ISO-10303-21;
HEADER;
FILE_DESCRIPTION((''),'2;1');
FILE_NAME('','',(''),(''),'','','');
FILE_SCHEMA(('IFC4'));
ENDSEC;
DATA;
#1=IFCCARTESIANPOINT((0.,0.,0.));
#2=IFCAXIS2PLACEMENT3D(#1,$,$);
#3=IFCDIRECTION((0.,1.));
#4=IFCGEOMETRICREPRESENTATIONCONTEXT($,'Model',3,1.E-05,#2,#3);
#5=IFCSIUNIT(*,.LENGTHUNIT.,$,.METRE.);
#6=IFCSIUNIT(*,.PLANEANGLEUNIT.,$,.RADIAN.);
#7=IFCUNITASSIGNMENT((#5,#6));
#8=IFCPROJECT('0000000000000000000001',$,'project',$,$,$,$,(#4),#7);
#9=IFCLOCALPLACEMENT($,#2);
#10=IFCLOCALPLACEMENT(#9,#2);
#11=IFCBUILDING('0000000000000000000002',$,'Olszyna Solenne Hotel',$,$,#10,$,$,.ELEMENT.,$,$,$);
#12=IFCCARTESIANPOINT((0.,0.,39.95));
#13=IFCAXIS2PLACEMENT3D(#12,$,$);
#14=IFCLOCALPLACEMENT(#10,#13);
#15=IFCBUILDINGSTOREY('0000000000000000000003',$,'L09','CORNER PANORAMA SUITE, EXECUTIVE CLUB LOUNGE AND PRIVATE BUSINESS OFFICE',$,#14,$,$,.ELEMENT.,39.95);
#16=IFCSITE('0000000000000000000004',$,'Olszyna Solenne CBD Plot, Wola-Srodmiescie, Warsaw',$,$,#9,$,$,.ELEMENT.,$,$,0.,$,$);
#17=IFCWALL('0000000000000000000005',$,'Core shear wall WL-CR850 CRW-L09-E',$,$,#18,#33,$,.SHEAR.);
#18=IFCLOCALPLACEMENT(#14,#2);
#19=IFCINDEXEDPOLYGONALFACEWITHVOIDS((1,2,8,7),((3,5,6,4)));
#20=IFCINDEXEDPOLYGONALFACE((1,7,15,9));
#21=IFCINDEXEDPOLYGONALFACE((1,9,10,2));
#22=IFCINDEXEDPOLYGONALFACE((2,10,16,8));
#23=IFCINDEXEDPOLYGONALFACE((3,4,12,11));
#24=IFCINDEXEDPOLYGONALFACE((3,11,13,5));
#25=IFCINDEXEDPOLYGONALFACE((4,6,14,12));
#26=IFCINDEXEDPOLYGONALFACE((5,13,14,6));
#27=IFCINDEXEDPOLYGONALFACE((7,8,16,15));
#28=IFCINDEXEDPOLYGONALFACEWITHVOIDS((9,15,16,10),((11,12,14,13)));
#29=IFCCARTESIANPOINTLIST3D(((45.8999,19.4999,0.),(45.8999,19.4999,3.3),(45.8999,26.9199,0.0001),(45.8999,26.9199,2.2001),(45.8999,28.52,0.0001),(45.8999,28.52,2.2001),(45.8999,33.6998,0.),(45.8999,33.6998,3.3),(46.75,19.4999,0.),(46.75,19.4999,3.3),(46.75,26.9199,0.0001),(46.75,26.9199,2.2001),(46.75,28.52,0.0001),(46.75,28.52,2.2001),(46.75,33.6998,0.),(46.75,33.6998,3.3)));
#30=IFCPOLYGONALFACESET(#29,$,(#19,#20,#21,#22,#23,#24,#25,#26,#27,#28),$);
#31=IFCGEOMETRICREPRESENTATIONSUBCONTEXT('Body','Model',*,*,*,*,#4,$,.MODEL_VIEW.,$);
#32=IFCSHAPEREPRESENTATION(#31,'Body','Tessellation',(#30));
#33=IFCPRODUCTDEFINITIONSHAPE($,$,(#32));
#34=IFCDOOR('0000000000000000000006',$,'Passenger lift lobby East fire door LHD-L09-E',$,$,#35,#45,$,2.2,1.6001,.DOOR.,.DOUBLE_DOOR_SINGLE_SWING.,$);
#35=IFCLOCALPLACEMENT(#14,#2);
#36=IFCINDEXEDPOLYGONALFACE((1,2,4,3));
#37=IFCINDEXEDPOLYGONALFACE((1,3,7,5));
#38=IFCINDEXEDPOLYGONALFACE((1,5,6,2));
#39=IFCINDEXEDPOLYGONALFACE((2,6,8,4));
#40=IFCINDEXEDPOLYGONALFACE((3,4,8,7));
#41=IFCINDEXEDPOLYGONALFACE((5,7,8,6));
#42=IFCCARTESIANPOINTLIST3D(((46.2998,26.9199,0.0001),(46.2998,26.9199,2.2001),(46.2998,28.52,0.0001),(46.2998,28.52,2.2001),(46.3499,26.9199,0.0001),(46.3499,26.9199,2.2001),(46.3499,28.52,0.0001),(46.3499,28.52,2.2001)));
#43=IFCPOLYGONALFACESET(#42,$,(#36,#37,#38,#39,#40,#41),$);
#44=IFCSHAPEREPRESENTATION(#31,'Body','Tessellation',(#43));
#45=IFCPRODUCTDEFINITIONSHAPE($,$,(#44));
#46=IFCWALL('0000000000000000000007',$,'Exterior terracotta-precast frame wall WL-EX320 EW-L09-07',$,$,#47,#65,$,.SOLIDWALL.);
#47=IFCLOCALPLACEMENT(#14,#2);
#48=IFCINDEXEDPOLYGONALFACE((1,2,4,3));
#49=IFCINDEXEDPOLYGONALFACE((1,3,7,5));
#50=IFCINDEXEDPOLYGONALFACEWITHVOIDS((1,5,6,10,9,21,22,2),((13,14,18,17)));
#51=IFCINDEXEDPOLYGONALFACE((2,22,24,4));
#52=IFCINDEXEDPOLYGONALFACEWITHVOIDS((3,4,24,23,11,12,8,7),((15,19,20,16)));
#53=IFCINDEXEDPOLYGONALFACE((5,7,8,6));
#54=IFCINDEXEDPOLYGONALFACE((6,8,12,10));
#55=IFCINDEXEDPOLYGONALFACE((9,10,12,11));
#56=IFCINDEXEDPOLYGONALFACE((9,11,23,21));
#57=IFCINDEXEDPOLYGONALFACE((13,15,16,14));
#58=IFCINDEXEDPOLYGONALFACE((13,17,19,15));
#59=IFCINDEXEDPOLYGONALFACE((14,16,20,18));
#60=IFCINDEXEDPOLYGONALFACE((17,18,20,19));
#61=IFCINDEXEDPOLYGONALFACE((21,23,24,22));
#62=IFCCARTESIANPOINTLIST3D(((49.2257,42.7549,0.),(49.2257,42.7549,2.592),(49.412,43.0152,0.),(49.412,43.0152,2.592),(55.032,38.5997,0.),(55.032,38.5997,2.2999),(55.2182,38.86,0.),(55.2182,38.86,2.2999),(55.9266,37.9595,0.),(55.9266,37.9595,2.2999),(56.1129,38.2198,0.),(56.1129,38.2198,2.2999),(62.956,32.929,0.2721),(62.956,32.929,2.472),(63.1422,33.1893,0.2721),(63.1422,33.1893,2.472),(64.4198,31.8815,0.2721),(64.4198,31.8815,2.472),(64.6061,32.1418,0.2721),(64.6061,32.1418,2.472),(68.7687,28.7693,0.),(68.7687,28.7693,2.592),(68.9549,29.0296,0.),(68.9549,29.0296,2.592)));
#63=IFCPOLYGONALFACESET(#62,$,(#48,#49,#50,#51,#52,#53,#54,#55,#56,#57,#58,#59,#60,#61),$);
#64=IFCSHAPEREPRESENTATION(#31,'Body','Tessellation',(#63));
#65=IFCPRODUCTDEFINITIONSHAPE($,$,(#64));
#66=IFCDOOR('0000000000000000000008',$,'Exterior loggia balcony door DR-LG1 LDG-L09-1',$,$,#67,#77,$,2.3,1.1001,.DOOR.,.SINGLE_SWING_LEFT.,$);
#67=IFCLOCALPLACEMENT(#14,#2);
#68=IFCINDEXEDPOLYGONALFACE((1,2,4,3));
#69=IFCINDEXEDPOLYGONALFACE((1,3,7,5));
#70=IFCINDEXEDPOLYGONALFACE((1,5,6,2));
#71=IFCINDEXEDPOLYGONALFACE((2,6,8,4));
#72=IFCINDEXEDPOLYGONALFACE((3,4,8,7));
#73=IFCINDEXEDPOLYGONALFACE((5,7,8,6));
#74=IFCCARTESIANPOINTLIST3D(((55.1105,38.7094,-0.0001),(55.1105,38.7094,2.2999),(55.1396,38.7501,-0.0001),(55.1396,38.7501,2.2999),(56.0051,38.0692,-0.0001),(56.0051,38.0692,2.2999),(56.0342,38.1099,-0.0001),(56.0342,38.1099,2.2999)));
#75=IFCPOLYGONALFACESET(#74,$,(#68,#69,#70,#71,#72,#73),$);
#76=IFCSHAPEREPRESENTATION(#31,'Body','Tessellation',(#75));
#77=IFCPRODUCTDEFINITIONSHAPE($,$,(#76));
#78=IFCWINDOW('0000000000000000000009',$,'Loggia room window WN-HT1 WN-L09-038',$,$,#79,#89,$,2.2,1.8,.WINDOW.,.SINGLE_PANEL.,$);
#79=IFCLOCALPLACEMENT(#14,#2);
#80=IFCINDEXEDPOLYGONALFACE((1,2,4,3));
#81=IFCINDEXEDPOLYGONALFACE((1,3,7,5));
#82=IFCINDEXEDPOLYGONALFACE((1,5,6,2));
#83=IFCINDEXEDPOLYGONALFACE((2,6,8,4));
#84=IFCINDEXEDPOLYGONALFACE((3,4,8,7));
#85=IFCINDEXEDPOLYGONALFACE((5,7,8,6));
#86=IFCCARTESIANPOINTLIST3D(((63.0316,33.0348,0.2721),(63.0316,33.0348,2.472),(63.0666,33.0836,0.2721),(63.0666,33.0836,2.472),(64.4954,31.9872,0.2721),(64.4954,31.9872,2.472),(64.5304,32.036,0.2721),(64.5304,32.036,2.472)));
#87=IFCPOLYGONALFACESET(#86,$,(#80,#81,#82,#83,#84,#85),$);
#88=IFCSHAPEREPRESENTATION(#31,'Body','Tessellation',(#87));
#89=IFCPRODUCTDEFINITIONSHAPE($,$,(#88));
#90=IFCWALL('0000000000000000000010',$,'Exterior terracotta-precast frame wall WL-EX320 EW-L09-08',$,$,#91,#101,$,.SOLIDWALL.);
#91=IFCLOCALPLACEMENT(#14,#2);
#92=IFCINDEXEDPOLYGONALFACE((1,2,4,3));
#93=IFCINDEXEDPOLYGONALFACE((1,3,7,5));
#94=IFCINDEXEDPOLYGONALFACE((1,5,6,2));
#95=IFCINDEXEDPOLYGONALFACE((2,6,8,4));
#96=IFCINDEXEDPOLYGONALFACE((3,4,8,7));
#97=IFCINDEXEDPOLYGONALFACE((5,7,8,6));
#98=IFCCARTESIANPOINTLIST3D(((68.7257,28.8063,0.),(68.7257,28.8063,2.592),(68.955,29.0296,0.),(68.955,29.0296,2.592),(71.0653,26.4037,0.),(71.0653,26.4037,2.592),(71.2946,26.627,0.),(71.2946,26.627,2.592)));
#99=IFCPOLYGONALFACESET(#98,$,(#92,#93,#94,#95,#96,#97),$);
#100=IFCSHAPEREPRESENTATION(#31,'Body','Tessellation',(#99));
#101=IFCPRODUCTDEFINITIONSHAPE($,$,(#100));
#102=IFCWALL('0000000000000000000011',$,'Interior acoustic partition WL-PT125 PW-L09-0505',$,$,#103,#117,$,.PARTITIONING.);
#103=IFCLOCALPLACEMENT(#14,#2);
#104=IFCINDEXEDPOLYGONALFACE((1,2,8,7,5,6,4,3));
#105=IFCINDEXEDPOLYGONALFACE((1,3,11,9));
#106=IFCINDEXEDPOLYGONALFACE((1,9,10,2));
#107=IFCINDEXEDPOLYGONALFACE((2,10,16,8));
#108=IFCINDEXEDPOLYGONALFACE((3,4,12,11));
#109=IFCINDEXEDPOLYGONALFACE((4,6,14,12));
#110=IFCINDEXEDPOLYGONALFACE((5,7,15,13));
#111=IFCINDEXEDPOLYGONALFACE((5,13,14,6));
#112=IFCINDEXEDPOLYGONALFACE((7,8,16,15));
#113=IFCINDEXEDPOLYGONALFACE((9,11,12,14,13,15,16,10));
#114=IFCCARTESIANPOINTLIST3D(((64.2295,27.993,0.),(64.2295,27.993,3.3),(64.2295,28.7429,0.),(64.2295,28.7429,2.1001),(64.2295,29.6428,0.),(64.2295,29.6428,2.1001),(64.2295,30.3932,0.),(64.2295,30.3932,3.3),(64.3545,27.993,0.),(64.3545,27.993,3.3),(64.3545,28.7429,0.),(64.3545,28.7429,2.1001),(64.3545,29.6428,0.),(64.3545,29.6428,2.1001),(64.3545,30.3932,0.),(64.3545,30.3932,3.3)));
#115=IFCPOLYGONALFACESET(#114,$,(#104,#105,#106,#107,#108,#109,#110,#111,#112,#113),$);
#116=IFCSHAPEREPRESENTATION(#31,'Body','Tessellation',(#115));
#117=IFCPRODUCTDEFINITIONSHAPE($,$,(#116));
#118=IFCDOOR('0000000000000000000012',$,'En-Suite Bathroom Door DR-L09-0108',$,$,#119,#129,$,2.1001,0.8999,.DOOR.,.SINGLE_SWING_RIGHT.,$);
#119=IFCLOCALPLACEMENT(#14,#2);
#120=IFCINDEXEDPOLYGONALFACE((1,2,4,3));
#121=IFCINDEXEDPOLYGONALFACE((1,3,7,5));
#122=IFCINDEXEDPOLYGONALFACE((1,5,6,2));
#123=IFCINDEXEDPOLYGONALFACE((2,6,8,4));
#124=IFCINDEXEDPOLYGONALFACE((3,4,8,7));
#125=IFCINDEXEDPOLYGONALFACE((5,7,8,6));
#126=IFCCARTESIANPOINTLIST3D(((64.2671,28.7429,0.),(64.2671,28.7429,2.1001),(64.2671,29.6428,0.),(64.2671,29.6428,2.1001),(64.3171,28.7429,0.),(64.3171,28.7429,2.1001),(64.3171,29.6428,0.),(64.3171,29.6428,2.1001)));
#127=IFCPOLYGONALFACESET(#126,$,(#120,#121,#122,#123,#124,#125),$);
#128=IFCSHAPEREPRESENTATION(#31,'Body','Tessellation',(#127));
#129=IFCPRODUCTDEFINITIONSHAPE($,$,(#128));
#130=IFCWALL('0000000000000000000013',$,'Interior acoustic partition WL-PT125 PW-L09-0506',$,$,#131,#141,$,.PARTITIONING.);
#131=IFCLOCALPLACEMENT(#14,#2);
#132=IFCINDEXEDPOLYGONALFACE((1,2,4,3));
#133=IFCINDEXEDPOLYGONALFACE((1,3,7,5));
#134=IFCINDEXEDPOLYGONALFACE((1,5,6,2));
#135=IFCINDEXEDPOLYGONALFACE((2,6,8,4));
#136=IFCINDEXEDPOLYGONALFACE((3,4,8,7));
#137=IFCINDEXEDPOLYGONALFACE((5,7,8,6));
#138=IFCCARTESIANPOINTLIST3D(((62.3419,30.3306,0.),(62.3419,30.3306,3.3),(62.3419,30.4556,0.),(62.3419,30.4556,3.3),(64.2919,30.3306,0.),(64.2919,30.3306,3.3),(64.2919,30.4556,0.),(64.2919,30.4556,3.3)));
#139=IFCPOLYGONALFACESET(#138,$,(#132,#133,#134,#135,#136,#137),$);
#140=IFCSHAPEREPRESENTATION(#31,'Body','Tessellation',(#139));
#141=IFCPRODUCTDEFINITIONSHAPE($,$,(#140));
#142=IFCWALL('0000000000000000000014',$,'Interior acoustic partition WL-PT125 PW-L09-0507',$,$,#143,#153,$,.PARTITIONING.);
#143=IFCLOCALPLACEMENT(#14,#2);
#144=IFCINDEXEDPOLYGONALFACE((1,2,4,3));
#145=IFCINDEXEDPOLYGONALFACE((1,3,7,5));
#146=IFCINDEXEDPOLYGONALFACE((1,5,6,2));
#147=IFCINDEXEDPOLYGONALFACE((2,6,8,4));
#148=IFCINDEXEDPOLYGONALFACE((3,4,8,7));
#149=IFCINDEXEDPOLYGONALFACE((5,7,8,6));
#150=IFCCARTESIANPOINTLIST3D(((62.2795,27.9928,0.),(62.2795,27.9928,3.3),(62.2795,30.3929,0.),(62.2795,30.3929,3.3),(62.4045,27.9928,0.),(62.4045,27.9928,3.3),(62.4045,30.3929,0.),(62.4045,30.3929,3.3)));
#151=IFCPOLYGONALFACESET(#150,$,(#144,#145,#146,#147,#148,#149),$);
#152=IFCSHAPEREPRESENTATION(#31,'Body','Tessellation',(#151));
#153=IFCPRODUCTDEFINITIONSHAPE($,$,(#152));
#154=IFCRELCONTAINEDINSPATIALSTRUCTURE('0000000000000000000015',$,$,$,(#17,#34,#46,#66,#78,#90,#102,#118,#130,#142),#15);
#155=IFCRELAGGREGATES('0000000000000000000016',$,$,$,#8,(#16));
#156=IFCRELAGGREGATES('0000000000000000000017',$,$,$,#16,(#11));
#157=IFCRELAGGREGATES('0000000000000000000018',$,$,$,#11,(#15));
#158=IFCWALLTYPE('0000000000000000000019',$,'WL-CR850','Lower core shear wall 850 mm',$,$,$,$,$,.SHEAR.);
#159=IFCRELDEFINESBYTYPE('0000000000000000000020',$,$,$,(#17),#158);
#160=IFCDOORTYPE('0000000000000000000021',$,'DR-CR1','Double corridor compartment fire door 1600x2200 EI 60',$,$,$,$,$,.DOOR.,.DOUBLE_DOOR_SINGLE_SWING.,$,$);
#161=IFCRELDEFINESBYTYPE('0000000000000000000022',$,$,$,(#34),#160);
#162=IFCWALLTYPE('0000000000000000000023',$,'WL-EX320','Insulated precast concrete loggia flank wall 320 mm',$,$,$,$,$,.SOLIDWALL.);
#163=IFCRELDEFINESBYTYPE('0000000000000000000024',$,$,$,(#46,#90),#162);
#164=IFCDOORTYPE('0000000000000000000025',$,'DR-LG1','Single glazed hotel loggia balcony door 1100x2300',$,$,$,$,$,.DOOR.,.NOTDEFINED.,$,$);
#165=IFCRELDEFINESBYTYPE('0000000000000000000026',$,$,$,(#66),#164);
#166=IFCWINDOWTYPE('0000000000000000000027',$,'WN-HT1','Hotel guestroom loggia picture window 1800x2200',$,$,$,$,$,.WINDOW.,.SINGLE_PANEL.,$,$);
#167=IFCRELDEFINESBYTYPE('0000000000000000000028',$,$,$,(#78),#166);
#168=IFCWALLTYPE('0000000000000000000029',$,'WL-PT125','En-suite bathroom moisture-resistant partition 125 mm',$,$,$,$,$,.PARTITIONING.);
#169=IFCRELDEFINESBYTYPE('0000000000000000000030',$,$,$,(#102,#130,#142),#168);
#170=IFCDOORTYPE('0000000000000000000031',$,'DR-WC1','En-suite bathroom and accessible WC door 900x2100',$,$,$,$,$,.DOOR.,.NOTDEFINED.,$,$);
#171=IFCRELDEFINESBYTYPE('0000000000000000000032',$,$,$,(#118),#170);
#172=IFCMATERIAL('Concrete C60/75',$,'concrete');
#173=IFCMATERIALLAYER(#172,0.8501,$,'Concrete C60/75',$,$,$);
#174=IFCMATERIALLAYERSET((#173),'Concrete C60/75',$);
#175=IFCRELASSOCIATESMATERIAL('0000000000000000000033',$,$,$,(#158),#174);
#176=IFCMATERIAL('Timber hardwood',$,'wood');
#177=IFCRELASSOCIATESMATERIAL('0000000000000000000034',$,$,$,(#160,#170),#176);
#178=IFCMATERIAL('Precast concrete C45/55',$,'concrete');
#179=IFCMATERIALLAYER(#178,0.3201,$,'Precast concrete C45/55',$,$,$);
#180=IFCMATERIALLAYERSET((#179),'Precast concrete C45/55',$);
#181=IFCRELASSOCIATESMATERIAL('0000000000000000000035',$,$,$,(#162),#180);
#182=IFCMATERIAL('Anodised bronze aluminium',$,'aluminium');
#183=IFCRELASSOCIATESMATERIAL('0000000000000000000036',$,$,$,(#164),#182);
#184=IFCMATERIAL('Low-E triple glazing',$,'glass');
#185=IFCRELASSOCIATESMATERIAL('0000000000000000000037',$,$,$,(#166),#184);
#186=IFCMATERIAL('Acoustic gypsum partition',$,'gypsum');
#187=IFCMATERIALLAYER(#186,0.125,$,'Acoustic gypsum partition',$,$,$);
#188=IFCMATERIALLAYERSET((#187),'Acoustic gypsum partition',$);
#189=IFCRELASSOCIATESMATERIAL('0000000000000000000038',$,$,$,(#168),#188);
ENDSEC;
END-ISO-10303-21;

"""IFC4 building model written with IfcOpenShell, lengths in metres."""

from ifc_helpers import new_model, si_unit, direction, frame, frame_2d, origin, place, context, subcontext, project, spatial, rectangle, extrude, source, transform, mapped, material, layer, layer_set, type_object, type_shapes, element, fill, save


model = new_model("IFC4")

# Units and contexts
model_context = context("Model", 3, precision=1e-05, world=origin(), true_north=direction((0.0, 1.0)))
body_context = subcontext(model_context, "Body", "Model", "MODEL_VIEW")
ifc_project = project(units=[si_unit("LENGTHUNIT", "METRE"), si_unit("PLANEANGLEUNIT", "RADIAN")], contexts=[model_context])

# Site, building, storey
site_placement = place(None, origin())
site = spatial("IfcSite", under=ifc_project, at=site_placement, Name="Olszyna Solenne CBD Plot, Wola-Srodmiescie, Warsaw", CompositionType="ELEMENT", RefElevation=0.0)
building_placement = place(site_placement, origin())
building = spatial("IfcBuilding", under=site, at=building_placement, Name="Olszyna Solenne Hotel", CompositionType="ELEMENT")
storey_placement = place(building_placement, frame((0.0, 0.0, 39.95)))
storey = spatial("IfcBuildingStorey", under=building, at=storey_placement, Name="L09", Description="CORNER PANORAMA SUITE, EXECUTIVE CLUB LOUNGE AND PRIVATE BUSINESS OFFICE", CompositionType="ELEMENT", Elevation=39.95)

# Shared definitions
ifc_material_1 = material(Name="Anodised bronze aluminium", Category="aluminium")

# Shared definitions
ifc_material_2 = material(Name="Low-E triple glazing", Category="glass")

# Wall, opening, door
ifc_material_3 = material(Name="Concrete C60/75", Category="concrete")
ifc_layer_1 = layer(ifc_material_3, 0.8501, Name="Concrete C60/75")
ifc_layer_set_1 = layer_set([ifc_layer_1], Name="Concrete C60/75")
wall_type_1 = type_object("IfcWallType", Name="WL-CR850", Description="Lower core shear wall 850 mm", PredefinedType="SHEAR", material=ifc_layer_set_1)
wall_1_placement = place(storey_placement, frame((46.325, 33.7, 0.0), z_axis=(0.0, 0.0, 1.0), x_axis=(0.0, -1.0, 0.0)))
wall_1 = element("IfcWall", 1, at=wall_1_placement, inside=storey, type_object=wall_type_1, Name="Core shear wall WL-CR850 CRW-L09-E", PredefinedType="SHEAR", context=body_context, shape_type="SweptSolid", body=[
    extrude(rectangle(XDim=14.2, YDim=0.8501, at=frame_2d((7.1001, 0.0))), origin(), (0.0, 0.0, 1.0), 3.3),
])
opening_1_placement = place(wall_1_placement, frame((5.1799, 0.0, 0.0)))
opening_1 = element("IfcOpeningElement", 2, at=opening_1_placement, cuts=wall_1, PredefinedType="OPENING", context=body_context, shape_type="SweptSolid", body=[
    extrude(rectangle(XDim=1.6001, YDim=2.2, at=frame_2d((0.8, 1.1001))), frame((0.0, 0.4351, 0.0), z_axis=(0.0, -1.0, 0.0), x_axis=(1.0, 0.0, 0.0)), (0.0, 0.0, 1.0), 0.8701),
])
ifc_material_4 = material(Name="Timber hardwood", Category="wood")
door_type_1 = type_object("IfcDoorType", Name="DR-CR1", Description="Double corridor compartment fire door 1600x2200 EI 60", OperationType="DOUBLE_DOOR_SINGLE_SWING", PredefinedType="DOOR", material=ifc_material_4)
shared_shape_1 = source(origin(), body_context, "Body", "SweptSolid", [
    extrude(rectangle(XDim=1.6001, YDim=2.2, at=frame_2d((0.8, 1.1001))), frame((0.0, 0.0249, 0.0), z_axis=(0.0, -1.0, 0.0), x_axis=(1.0, 0.0, 0.0)), (0.0, 0.0, 1.0), 0.05),
])
type_shapes(door_type_1, [shared_shape_1])
door_1_placement = place(opening_1_placement, origin())
door_1 = element("IfcDoor", 3, at=door_1_placement, inside=storey, type_object=door_type_1, Name="Passenger lift lobby East fire door LHD-L09-E", OperationType="DOUBLE_DOOR_SINGLE_SWING", OverallHeight=2.2, OverallWidth=1.6001, PredefinedType="DOOR", context=body_context, shape_type="MappedRepresentation", body=[
    mapped(shared_shape_1, transform((0.0, 0.0, 0.0), x_axis=(1.0, 0.0, 0.0), y_axis=(0.0, 1.0, 0.0), z_axis=(0.0, 0.0, 1.0), scale=1.0)),
])
fill(opening_1, door_1)

# Wall, openings, door, window
ifc_material_5 = material(Name="Precast concrete C45/55", Category="concrete")
ifc_layer_2 = layer(ifc_material_5, 0.3201, Name="Precast concrete C45/55")
ifc_layer_set_2 = layer_set([ifc_layer_2], Name="Precast concrete C45/55")
wall_type_2 = type_object("IfcWallType", Name="WL-EX320", Description="Insulated precast concrete loggia flank wall 320 mm", PredefinedType="SOLIDWALL", material=ifc_layer_set_2)
wall_2_placement = place(storey_placement, frame((49.3188, 42.885, 0.0), z_axis=(0.0, 0.0, 1.0), x_axis=(0.813215, -0.581964, 0.0)))
wall_2 = element("IfcWall", 4, at=wall_2_placement, inside=storey, type_object=wall_type_2, Name="Exterior terracotta-precast frame wall WL-EX320 EW-L09-07", PredefinedType="SOLIDWALL", context=body_context, shape_type="SweptSolid", body=[
    extrude(rectangle(XDim=24.0317, YDim=0.3201, at=frame_2d((12.0159, 0.0))), origin(), (0.0, 0.0, 1.0), 2.592),
])
opening_2_placement = place(wall_2_placement, frame((7.1399, 0.0, 0.0)))
opening_2 = element("IfcOpeningElement", 5, at=opening_2_placement, cuts=wall_2, PredefinedType="OPENING", context=body_context, shape_type="SweptSolid", body=[
    extrude(rectangle(XDim=1.1001, YDim=2.3, at=frame_2d((0.55, 1.1499))), frame((0.0, 0.1699, 0.0), z_axis=(0.0, -1.0, 0.0), x_axis=(1.0, 0.0, 0.0)), (0.0, 0.0, 1.0), 0.3401),
])
opening_3_placement = place(wall_2_placement, frame((16.884, 0.0, 0.272)))
opening_3 = element("IfcOpeningElement", 6, at=opening_3_placement, cuts=wall_2, PredefinedType="OPENING", context=body_context, shape_type="SweptSolid", body=[
    extrude(rectangle(XDim=1.8, YDim=2.2, at=frame_2d((0.8999, 1.1001))), frame((0.0, 0.1699, 0.0), z_axis=(0.0, -1.0, 0.0), x_axis=(1.0, 0.0, 0.0)), (0.0, 0.0, 1.0), 0.3401),
])
door_type_2 = type_object("IfcDoorType", Name="DR-LG1", Description="Single glazed hotel loggia balcony door 1100x2300", OperationType="NOTDEFINED", PredefinedType="DOOR", material=ifc_material_1)
shared_shape_2 = source(origin(), body_context, "Body", "SweptSolid", [
    extrude(rectangle(XDim=1.1001, YDim=2.3, at=frame_2d((0.55, 1.1499))), frame((0.0, 0.0249, 0.0), z_axis=(0.0, -1.0, 0.0), x_axis=(1.0, 0.0, 0.0)), (0.0, 0.0, 1.0), 0.05),
])
type_shapes(door_type_2, [shared_shape_2])
door_2_placement = place(opening_2_placement, origin())
door_2 = element("IfcDoor", 7, at=door_2_placement, inside=storey, type_object=door_type_2, Name="Exterior loggia balcony door DR-LG1 LDG-L09-1", OperationType="SINGLE_SWING_LEFT", OverallHeight=2.3, OverallWidth=1.1001, PredefinedType="DOOR", context=body_context, shape_type="MappedRepresentation", body=[
    mapped(shared_shape_2, transform((0.0, 0.0, 0.0), x_axis=(1.0, 0.0, 0.0), y_axis=(0.0, 1.0, 0.0), z_axis=(0.0, 0.0, 1.0), scale=1.0)),
])
fill(opening_2, door_2)
window_type = type_object("IfcWindowType", Name="WN-HT1", Description="Hotel guestroom loggia picture window 1800x2200", PartitioningType="SINGLE_PANEL", PredefinedType="WINDOW", material=ifc_material_2)
shared_shape_3 = source(origin(), body_context, "Body", "SweptSolid", [
    extrude(rectangle(XDim=1.8, YDim=2.2, at=frame_2d((0.8999, 1.1001))), frame((0.0, 0.03, 0.0), z_axis=(0.0, -1.0, 0.0), x_axis=(1.0, 0.0, 0.0)), (0.0, 0.0, 1.0), 0.0601),
])
type_shapes(window_type, [shared_shape_3])
window_placement = place(opening_3_placement, origin())
window = element("IfcWindow", 8, at=window_placement, inside=storey, type_object=window_type, Name="Loggia room window WN-HT1 WN-L09-038", OverallHeight=2.2, OverallWidth=1.8, PartitioningType="SINGLE_PANEL", PredefinedType="WINDOW", context=body_context, shape_type="MappedRepresentation", body=[
    mapped(shared_shape_3, transform((0.0, 0.0, 0.0), x_axis=(1.0, 0.0, 0.0), y_axis=(0.0, 1.0, 0.0), z_axis=(0.0, 0.0, 1.0), scale=1.0)),
])
fill(opening_3, window)

# Wall
wall_3_placement = place(storey_placement, frame((68.8403, 28.918, 0.0), z_axis=(0.0, 0.0, 1.0), x_axis=(0.697653, -0.716436, 0.0)))
element("IfcWall", 9, at=wall_3_placement, inside=storey, type_object=wall_type_2, Name="Exterior terracotta-precast frame wall WL-EX320 EW-L09-08", PredefinedType="SOLIDWALL", context=body_context, shape_type="SweptSolid", body=[
    extrude(rectangle(XDim=3.3535, YDim=0.3201, at=frame_2d((1.6768, 0.0))), origin(), (0.0, 0.0, 1.0), 2.592),
])

# Wall, opening, door
ifc_material_6 = material(Name="Acoustic gypsum partition", Category="gypsum")
ifc_layer_3 = layer(ifc_material_6, 0.125, Name="Acoustic gypsum partition")
ifc_layer_set_3 = layer_set([ifc_layer_3], Name="Acoustic gypsum partition")
wall_type_3 = type_object("IfcWallType", Name="WL-PT125", Description="En-suite bathroom moisture-resistant partition 125 mm", PredefinedType="PARTITIONING", material=ifc_layer_set_3)
wall_4_placement = place(storey_placement, frame((64.292, 27.9929, 0.0), z_axis=(0.0, 0.0, 1.0), x_axis=(0.0, 1.0, 0.0)))
wall_4 = element("IfcWall", 10, at=wall_4_placement, inside=storey, type_object=wall_type_3, Name="Interior acoustic partition WL-PT125 PW-L09-0505", PredefinedType="PARTITIONING", context=body_context, shape_type="SweptSolid", body=[
    extrude(rectangle(XDim=2.4001, YDim=0.125, at=frame_2d((1.2002, 0.0))), origin(), (0.0, 0.0, 1.0), 3.3),
])
opening_4_placement = place(wall_4_placement, frame((0.75, 0.0, 0.0)))
opening_4 = element("IfcOpeningElement", 11, at=opening_4_placement, cuts=wall_4, PredefinedType="OPENING", context=body_context, shape_type="SweptSolid", body=[
    extrude(rectangle(XDim=0.8999, YDim=2.1001, at=frame_2d((0.45, 1.05))), frame((0.0, 0.0725, 0.0), z_axis=(0.0, -1.0, 0.0), x_axis=(1.0, 0.0, 0.0)), (0.0, 0.0, 1.0), 0.145),
])
door_type_3 = type_object("IfcDoorType", Name="DR-WC1", Description="En-suite bathroom and accessible WC door 900x2100", OperationType="NOTDEFINED", PredefinedType="DOOR", material=ifc_material_4)
shared_shape_4 = source(origin(), body_context, "Body", "SweptSolid", [
    extrude(rectangle(XDim=0.8999, YDim=2.1001, at=frame_2d((0.45, 1.05))), frame((0.0, 0.0249, 0.0), z_axis=(0.0, -1.0, 0.0), x_axis=(1.0, 0.0, 0.0)), (0.0, 0.0, 1.0), 0.05),
])
type_shapes(door_type_3, [shared_shape_4])
door_3_placement = place(opening_4_placement, origin())
door_3 = element("IfcDoor", 12, at=door_3_placement, inside=storey, type_object=door_type_3, Name="En-Suite Bathroom Door DR-L09-0108", OperationType="SINGLE_SWING_RIGHT", OverallHeight=2.1001, OverallWidth=0.8999, PredefinedType="DOOR", context=body_context, shape_type="MappedRepresentation", body=[
    mapped(shared_shape_4, transform((0.0, 0.0, 0.0), x_axis=(1.0, 0.0, 0.0), y_axis=(0.0, 1.0, 0.0), z_axis=(0.0, 0.0, 1.0), scale=1.0)),
])
fill(opening_4, door_3)

# Walls
wall_5_placement = place(storey_placement, frame((64.292, 30.3931, 0.0), z_axis=(0.0, 0.0, 1.0), x_axis=(-1.0, 0.0, 0.0)))
element("IfcWall", 13, at=wall_5_placement, inside=storey, type_object=wall_type_3, Name="Interior acoustic partition WL-PT125 PW-L09-0506", PredefinedType="PARTITIONING", context=body_context, shape_type="SweptSolid", body=[
    extrude(rectangle(XDim=1.95, YDim=0.125, at=frame_2d((0.9751, 0.0))), origin(), (0.0, 0.0, 1.0), 3.3),
])
wall_6_placement = place(storey_placement, frame((62.342, 30.3931, 0.0), z_axis=(0.0, 0.0, 1.0), x_axis=(0.0, -1.0, 0.0)))
element("IfcWall", 14, at=wall_6_placement, inside=storey, type_object=wall_type_3, Name="Interior acoustic partition WL-PT125 PW-L09-0507", PredefinedType="PARTITIONING", context=body_context, shape_type="SweptSolid", body=[
    extrude(rectangle(XDim=2.4001, YDim=0.125, at=frame_2d((1.2002, 0.0))), origin(), (0.0, 0.0, 1.0), 3.3),
])

save(model, "model.ifc")
